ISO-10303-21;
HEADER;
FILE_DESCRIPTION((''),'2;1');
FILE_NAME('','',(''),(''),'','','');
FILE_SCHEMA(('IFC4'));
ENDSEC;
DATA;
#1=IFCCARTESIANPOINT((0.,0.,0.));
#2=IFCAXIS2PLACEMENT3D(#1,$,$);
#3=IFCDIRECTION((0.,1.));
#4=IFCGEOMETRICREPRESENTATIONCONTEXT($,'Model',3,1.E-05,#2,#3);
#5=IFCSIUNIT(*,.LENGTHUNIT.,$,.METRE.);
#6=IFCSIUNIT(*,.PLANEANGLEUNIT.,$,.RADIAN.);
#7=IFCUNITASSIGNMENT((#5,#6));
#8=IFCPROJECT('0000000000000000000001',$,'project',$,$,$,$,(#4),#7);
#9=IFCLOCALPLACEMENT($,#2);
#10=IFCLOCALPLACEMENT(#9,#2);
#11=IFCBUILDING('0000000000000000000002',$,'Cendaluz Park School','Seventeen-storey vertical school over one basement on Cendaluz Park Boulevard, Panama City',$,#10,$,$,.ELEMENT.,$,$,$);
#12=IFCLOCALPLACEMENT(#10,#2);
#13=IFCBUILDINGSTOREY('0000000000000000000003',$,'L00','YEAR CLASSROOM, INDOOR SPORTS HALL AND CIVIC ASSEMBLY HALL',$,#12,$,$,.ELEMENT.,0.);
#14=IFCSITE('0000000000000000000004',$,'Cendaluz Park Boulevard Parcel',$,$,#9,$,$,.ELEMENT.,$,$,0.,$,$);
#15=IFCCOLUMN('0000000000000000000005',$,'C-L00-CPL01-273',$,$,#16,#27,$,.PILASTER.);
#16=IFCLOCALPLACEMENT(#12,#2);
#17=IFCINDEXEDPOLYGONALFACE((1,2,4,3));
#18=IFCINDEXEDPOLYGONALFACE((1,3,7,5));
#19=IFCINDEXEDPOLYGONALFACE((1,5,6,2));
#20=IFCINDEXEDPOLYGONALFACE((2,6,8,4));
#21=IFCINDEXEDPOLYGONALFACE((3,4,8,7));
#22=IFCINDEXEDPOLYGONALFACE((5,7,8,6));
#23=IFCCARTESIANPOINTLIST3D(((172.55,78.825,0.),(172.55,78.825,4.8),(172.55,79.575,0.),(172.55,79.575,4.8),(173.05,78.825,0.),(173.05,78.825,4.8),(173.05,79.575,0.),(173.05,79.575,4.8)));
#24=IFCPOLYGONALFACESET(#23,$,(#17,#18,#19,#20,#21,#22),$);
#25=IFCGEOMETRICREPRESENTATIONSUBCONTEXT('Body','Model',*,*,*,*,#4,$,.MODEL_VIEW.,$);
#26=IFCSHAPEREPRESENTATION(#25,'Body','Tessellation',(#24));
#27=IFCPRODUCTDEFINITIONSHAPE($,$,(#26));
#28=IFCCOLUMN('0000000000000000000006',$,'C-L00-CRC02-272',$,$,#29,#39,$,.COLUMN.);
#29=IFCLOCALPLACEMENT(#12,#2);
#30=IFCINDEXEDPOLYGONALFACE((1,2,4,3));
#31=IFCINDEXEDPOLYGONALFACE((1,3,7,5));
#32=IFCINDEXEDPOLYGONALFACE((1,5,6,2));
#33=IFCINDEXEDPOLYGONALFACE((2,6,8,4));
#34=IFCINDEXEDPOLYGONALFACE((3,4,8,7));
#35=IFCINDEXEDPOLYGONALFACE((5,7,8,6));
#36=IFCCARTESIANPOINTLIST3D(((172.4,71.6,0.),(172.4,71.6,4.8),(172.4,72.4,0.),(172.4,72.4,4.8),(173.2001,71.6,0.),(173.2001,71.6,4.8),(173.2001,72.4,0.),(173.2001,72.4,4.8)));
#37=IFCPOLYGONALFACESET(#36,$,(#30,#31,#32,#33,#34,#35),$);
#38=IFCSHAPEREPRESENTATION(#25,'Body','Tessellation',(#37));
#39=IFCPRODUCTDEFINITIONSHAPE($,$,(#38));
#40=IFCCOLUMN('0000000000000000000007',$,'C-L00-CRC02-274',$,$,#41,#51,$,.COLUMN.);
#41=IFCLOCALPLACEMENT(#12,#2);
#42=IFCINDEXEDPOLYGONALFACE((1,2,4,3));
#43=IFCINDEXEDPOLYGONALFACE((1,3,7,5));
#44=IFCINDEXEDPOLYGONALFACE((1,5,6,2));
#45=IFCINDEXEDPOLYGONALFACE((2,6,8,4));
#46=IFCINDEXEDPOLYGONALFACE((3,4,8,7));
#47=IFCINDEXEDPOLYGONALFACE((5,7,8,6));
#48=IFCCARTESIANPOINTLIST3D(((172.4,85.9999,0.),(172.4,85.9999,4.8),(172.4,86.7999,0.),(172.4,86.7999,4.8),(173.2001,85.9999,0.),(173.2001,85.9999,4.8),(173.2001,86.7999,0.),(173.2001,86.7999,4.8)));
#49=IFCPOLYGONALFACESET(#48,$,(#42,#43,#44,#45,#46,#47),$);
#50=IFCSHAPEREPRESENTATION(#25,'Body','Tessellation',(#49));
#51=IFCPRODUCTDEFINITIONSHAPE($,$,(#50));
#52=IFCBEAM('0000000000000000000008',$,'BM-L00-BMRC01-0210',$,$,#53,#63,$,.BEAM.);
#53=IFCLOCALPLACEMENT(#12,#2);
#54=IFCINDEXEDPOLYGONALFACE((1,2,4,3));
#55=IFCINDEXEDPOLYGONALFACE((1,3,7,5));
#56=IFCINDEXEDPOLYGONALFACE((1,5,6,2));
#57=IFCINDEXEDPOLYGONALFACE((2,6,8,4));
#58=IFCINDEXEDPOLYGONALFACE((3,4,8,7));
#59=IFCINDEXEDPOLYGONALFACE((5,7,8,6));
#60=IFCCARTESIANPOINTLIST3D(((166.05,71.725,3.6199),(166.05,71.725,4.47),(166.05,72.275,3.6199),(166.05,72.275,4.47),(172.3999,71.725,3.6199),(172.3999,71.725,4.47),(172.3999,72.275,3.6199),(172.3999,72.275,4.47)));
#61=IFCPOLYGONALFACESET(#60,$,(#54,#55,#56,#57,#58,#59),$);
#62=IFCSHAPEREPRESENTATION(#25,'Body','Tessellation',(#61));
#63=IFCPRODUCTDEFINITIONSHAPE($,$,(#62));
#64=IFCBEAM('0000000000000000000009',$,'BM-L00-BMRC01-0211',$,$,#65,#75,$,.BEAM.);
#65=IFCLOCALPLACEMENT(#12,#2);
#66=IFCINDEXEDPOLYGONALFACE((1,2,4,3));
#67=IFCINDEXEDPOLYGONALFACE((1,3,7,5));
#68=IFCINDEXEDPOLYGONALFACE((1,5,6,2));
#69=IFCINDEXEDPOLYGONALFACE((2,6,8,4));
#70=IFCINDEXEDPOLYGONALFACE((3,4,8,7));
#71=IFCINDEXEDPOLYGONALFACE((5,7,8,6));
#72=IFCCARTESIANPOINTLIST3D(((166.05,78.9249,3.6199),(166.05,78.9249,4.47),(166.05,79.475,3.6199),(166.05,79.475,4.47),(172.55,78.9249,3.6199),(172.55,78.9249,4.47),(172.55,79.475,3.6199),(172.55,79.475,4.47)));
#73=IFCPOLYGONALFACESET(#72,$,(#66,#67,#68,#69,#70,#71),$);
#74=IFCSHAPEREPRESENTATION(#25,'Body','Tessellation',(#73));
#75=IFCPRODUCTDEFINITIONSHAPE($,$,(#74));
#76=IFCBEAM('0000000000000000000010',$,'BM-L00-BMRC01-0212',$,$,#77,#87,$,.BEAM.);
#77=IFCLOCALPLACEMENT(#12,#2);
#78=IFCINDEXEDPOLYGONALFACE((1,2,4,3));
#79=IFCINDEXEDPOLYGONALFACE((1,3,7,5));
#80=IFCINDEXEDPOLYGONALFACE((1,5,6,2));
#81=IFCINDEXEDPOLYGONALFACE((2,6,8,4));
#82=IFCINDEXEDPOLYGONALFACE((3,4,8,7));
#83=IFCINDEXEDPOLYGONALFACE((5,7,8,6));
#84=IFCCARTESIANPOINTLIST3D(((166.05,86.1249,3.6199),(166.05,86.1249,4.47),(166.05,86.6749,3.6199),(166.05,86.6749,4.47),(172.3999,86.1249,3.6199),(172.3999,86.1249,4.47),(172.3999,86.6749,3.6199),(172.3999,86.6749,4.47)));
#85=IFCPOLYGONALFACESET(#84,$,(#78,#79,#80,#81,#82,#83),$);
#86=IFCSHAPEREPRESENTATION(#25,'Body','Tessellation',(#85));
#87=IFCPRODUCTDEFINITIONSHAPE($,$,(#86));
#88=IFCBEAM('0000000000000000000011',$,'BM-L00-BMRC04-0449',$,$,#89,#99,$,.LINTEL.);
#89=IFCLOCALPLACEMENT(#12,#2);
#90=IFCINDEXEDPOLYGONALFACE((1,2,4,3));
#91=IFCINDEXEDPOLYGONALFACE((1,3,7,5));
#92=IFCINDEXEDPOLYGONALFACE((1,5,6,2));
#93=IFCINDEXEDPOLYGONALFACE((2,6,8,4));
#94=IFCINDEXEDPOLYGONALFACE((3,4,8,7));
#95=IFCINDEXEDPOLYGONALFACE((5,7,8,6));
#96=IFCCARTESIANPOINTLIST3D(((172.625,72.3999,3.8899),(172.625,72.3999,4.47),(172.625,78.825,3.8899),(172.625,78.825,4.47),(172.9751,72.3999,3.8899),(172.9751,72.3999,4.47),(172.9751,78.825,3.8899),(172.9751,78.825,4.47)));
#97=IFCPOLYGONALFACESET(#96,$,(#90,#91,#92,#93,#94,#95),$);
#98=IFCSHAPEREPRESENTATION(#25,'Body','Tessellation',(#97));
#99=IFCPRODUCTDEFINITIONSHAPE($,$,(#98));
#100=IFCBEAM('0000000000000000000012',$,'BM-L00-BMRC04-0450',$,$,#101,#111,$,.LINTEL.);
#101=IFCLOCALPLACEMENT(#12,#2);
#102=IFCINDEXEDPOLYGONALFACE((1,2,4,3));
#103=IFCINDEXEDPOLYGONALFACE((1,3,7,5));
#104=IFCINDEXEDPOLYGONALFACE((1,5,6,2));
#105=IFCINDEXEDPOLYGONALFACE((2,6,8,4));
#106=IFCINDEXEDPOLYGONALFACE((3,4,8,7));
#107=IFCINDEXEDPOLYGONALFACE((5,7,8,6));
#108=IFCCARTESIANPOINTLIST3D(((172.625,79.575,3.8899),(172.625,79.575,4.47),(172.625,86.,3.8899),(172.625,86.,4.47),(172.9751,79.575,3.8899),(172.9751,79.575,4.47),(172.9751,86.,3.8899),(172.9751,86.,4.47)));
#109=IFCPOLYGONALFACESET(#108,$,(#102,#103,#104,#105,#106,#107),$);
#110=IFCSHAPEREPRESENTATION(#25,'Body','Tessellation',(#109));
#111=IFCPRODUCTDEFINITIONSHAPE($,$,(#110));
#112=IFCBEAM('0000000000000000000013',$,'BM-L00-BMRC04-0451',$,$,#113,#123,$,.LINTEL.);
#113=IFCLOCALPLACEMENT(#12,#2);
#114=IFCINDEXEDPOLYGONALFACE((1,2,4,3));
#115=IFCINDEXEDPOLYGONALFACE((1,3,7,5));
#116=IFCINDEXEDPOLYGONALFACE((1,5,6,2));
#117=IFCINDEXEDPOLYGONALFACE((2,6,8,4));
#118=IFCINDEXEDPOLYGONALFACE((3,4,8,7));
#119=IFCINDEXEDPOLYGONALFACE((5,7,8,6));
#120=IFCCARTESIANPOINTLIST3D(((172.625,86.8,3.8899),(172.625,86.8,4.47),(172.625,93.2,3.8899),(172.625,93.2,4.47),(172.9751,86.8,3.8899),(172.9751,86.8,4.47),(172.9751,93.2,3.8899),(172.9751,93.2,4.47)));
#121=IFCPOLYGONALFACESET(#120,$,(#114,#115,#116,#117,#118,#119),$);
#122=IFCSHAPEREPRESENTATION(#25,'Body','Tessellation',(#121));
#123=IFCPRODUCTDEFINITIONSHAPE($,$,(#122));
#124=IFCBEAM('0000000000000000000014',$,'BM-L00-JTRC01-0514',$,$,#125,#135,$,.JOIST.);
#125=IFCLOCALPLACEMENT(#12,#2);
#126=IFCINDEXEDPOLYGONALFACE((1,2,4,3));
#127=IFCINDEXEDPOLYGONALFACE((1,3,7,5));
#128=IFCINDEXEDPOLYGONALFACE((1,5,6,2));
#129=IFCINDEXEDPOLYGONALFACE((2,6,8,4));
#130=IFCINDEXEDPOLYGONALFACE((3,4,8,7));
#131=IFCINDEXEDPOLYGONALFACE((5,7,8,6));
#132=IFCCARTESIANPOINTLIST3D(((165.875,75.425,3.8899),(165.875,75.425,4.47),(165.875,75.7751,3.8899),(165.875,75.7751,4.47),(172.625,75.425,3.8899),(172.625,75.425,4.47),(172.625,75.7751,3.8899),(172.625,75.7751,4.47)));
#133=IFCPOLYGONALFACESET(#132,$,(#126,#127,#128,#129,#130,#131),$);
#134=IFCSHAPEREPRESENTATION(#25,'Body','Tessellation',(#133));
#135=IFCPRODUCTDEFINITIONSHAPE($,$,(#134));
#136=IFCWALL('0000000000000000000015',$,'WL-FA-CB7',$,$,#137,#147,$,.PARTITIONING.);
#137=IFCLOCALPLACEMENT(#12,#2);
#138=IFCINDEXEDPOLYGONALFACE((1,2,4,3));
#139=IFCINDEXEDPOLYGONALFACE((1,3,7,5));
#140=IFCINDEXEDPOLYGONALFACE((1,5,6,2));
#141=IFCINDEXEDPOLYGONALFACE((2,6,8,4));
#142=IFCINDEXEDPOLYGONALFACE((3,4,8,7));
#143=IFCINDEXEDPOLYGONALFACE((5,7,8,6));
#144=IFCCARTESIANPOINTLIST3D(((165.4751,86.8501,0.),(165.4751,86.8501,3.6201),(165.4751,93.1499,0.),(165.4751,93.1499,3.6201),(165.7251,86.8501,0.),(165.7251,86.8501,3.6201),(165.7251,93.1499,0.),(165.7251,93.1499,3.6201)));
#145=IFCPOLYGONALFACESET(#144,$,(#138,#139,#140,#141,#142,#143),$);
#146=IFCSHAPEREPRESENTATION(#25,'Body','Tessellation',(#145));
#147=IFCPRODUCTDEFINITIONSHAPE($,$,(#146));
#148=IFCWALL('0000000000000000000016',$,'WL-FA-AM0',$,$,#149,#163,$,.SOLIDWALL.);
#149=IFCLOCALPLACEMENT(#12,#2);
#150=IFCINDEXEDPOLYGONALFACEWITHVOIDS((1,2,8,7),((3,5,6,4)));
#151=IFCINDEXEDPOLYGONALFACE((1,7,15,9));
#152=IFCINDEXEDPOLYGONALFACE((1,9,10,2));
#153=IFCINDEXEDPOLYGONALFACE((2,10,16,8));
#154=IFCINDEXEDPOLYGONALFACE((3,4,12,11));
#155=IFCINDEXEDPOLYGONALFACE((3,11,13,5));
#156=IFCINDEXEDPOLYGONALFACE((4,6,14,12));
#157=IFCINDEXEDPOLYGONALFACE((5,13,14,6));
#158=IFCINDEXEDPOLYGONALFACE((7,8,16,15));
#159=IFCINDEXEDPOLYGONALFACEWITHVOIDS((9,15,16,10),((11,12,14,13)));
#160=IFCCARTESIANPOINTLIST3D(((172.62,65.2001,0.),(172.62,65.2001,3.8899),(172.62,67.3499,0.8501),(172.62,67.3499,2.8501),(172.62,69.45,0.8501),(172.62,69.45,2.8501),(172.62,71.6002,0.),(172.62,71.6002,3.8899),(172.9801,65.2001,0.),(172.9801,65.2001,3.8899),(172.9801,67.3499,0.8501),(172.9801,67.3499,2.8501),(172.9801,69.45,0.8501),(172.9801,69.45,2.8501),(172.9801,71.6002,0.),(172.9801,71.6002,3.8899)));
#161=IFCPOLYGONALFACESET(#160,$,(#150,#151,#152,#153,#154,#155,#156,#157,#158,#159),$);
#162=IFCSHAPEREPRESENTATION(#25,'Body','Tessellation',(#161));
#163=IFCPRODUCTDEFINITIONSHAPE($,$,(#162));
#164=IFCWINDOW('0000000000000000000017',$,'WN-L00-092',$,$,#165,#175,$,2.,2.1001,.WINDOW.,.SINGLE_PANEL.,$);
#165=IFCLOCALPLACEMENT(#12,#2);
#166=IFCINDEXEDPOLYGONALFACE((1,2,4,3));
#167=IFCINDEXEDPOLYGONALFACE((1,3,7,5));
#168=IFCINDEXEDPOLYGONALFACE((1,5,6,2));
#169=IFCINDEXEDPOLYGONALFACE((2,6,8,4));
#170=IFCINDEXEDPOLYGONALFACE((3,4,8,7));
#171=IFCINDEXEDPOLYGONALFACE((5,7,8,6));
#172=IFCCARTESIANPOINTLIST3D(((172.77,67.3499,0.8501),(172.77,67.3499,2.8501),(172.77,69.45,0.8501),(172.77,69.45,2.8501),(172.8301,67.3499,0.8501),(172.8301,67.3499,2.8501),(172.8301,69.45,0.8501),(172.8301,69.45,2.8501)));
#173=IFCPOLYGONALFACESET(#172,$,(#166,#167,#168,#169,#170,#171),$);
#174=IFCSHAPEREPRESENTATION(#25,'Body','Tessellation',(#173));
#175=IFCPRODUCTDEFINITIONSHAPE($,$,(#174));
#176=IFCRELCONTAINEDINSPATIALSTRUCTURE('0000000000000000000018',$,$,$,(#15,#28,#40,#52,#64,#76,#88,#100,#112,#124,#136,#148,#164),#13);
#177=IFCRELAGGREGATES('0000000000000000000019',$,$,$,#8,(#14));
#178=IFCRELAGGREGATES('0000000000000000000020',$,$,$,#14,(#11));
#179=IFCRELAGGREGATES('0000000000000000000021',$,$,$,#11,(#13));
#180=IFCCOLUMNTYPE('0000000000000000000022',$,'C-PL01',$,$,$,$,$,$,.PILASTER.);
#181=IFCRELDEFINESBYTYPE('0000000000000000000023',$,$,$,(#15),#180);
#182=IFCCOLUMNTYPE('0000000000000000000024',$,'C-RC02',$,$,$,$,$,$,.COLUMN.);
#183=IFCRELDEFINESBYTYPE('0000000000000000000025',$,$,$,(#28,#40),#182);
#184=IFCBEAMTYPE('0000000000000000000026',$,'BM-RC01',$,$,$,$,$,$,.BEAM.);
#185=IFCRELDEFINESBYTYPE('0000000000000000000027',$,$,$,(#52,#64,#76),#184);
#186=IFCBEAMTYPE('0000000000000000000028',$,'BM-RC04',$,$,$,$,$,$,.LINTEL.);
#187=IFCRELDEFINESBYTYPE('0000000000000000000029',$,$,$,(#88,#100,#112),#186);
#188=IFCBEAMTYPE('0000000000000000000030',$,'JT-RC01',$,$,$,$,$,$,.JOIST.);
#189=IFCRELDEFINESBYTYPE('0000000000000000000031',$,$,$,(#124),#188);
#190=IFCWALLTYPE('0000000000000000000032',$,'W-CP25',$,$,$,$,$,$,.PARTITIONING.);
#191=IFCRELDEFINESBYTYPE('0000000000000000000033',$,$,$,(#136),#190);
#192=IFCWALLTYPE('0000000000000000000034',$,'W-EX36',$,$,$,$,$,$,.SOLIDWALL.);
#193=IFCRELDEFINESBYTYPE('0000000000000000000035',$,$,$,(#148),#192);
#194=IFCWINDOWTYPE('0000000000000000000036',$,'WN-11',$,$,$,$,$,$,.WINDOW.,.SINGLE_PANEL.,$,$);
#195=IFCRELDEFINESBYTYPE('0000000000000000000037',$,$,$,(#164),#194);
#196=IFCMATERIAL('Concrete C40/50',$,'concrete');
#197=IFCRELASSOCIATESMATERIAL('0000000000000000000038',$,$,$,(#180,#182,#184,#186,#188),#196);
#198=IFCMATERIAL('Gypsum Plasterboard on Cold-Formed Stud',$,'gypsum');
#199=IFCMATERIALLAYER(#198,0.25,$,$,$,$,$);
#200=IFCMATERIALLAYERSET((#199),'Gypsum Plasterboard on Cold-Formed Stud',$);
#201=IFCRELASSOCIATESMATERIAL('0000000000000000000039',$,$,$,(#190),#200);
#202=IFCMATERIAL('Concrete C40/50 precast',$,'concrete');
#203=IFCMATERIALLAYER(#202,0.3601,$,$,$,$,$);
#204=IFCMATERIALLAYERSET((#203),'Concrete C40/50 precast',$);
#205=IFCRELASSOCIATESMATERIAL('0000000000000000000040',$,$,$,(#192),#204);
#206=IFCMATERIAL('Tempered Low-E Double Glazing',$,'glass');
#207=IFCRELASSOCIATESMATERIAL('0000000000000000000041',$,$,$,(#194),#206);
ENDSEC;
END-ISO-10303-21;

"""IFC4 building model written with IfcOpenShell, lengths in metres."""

from ifc_helpers import new_model, si_unit, direction, frame, frame_2d, origin, origin_2d, place, context, subcontext, project, spatial, rectangle, extrude, material, layer, layer_set, material_profile, profile_set, type_object, element, fill, save


model = new_model("IFC4")

# Units and contexts
model_context = context("Model", 3, precision=1e-05, world=origin(), true_north=direction((0.0, 1.0)))
body_context = subcontext(model_context, "Body", "Model", "MODEL_VIEW")
ifc_project = project(units=[si_unit("LENGTHUNIT", "METRE"), si_unit("PLANEANGLEUNIT", "RADIAN")], contexts=[model_context])

# Site, building, storey
site_placement = place(None, origin())
site = spatial("IfcSite", under=ifc_project, at=site_placement, Name="Cendaluz Park Boulevard Parcel", CompositionType="ELEMENT", RefElevation=0.0)
building_placement = place(site_placement, origin())
building = spatial("IfcBuilding", under=site, at=building_placement, Name="Cendaluz Park School", Description="Seventeen-storey vertical school over one basement on Cendaluz Park Boulevard, Panama City", CompositionType="ELEMENT")
storey_placement = place(building_placement, origin())
storey = spatial("IfcBuildingStorey", under=building, at=storey_placement, Name="L00", Description="YEAR CLASSROOM, INDOOR SPORTS HALL AND CIVIC ASSEMBLY HALL", CompositionType="ELEMENT", Elevation=0.0)

# Columns
ifc_material_1 = material(Name="Concrete C40/50", Category="concrete")
ifc_material_profile_1 = material_profile(ifc_material_1, rectangle(XDim=0.5, YDim=0.75, at=origin_2d()), Name="RC 500x750", Category="concrete")
ifc_profile_set_1 = profile_set([ifc_material_profile_1], Name="Concrete C40/50")
column_type_1 = type_object("IfcColumnType", Name="C-PL01", PredefinedType="PILASTER", material=ifc_profile_set_1)
column_placement = place(storey_placement, frame((172.8, 79.2, 0.0), z_axis=(0.0, 0.0, 1.0), x_axis=(1.0, 0.0, 0.0)))
element("IfcColumn", 1, at=column_placement, inside=storey, type_object=column_type_1, Name="C-L00-CPL01-273", PredefinedType="PILASTER", context=body_context, shape_type="SweptSolid", body=[
    extrude(rectangle(XDim=0.5, YDim=0.75, at=origin_2d()), origin(), (0.0, 0.0, 1.0), 4.8),
])
ifc_material_profile_2 = material_profile(ifc_material_1, rectangle(XDim=0.8, YDim=0.8, at=origin_2d()), Name="RC 800x800", Category="concrete")
ifc_profile_set_2 = profile_set([ifc_material_profile_2], Name="Concrete C40/50")
column_type_2 = type_object("IfcColumnType", Name="C-RC02", PredefinedType="COLUMN", material=ifc_profile_set_2)
for number, where, z_axis, x_axis, name in (
    (2, (172.8, 72.0, 0.0), (0.0, 0.0, 1.0), (1.0, 0.0, 0.0), "C-L00-CRC02-272"),
    (3, (172.8, 86.3999, 0.0), (0.0, 0.0, 1.0), (1.0, 0.0, 0.0), "C-L00-CRC02-274"),
):
    element("IfcColumn", number, at=place(storey_placement, frame(where, z_axis=z_axis, x_axis=x_axis)), inside=storey, type_object=column_type_2, Name=name, PredefinedType="COLUMN", context=body_context, shape_type="SweptSolid", body=[
        extrude(rectangle(XDim=0.8, YDim=0.8, at=origin_2d()), origin(), (0.0, 0.0, 1.0), 4.8),
    ])

# Beams
ifc_material_profile_3 = material_profile(ifc_material_1, rectangle(XDim=0.55, YDim=0.8501, at=origin_2d()), Name="RC 550x850", Category="concrete")
ifc_profile_set_3 = profile_set([ifc_material_profile_3], Name="Concrete C40/50")
beam_type_1 = type_object("IfcBeamType", Name="BM-RC01", PredefinedType="BEAM", material=ifc_profile_set_3)
beam_1_placement = place(storey_placement, frame((166.05, 72.0, 4.0449), z_axis=(1.0, 0.0, 0.0), x_axis=(0.0, 1.0, 0.0)))
element("IfcBeam", 4, at=beam_1_placement, inside=storey, type_object=beam_type_1, Name="BM-L00-BMRC01-0210", PredefinedType="BEAM", context=body_context, shape_type="SweptSolid", body=[
    extrude(rectangle(XDim=0.55, YDim=0.8501, at=origin_2d()), origin(), (0.0, 0.0, 1.0), 6.3499),
])
beam_2_placement = place(storey_placement, frame((166.05, 79.2, 4.0449), z_axis=(1.0, 0.0, 0.0), x_axis=(0.0, 1.0, 0.0)))
element("IfcBeam", 5, at=beam_2_placement, inside=storey, type_object=beam_type_1, Name="BM-L00-BMRC01-0211", PredefinedType="BEAM", context=body_context, shape_type="SweptSolid", body=[
    extrude(rectangle(XDim=0.55, YDim=0.8501, at=origin_2d()), origin(), (0.0, 0.0, 1.0), 6.5),
])
beam_3_placement = place(storey_placement, frame((166.05, 86.3999, 4.0449), z_axis=(1.0, 0.0, 0.0), x_axis=(0.0, 1.0, 0.0)))
element("IfcBeam", 6, at=beam_3_placement, inside=storey, type_object=beam_type_1, Name="BM-L00-BMRC01-0212", PredefinedType="BEAM", context=body_context, shape_type="SweptSolid", body=[
    extrude(rectangle(XDim=0.55, YDim=0.8501, at=origin_2d()), origin(), (0.0, 0.0, 1.0), 6.3499),
])
ifc_material_profile_4 = material_profile(ifc_material_1, rectangle(XDim=0.3501, YDim=0.5801, at=origin_2d()), Name="RC 350x580", Category="concrete")
ifc_profile_set_4 = profile_set([ifc_material_profile_4], Name="Concrete C40/50")
beam_type_2 = type_object("IfcBeamType", Name="BM-RC04", PredefinedType="LINTEL", material=ifc_profile_set_4)
for number, where, z_axis, x_axis, name in (
    (7, (172.8, 72.3999, 4.1799), (0.0, 1.0, 0.0), (-1.0, 0.0, 0.0), "BM-L00-BMRC04-0449"),
    (8, (172.8, 79.575, 4.1799), (0.0, 1.0, 0.0), (-1.0, 0.0, 0.0), "BM-L00-BMRC04-0450"),
):
    element("IfcBeam", number, at=place(storey_placement, frame(where, z_axis=z_axis, x_axis=x_axis)), inside=storey, type_object=beam_type_2, Name=name, PredefinedType="LINTEL", context=body_context, shape_type="SweptSolid", body=[
        extrude(rectangle(XDim=0.3501, YDim=0.5801, at=origin_2d()), origin(), (0.0, 0.0, 1.0), 6.425),
    ])
beam_4_placement = place(storey_placement, frame((172.8, 86.8, 4.1799), z_axis=(0.0, 1.0, 0.0), x_axis=(-1.0, 0.0, 0.0)))
element("IfcBeam", 9, at=beam_4_placement, inside=storey, type_object=beam_type_2, Name="BM-L00-BMRC04-0451", PredefinedType="LINTEL", context=body_context, shape_type="SweptSolid", body=[
    extrude(rectangle(XDim=0.3501, YDim=0.5801, at=origin_2d()), origin(), (0.0, 0.0, 1.0), 6.3999),
])
ifc_material_profile_5 = material_profile(ifc_material_1, rectangle(XDim=0.3501, YDim=0.5801, at=origin_2d()), Name="RC 350x580", Category="concrete")
ifc_profile_set_5 = profile_set([ifc_material_profile_5], Name="Concrete C40/50")
beam_type_3 = type_object("IfcBeamType", Name="JT-RC01", PredefinedType="JOIST", material=ifc_profile_set_5)
beam_5_placement = place(storey_placement, frame((165.875, 75.6001, 4.1799), z_axis=(1.0, 0.0, 0.0), x_axis=(0.0, 1.0, 0.0)))
element("IfcBeam", 10, at=beam_5_placement, inside=storey, type_object=beam_type_3, Name="BM-L00-JTRC01-0514", PredefinedType="JOIST", context=body_context, shape_type="SweptSolid", body=[
    extrude(rectangle(XDim=0.3501, YDim=0.5801, at=origin_2d()), origin(), (0.0, 0.0, 1.0), 6.75),
])

# Wall
ifc_material_2 = material(Name="Gypsum Plasterboard on Cold-Formed Stud", Category="gypsum")
ifc_layer_1 = layer(ifc_material_2, 0.25)
ifc_layer_set_1 = layer_set([ifc_layer_1], Name="Gypsum Plasterboard on Cold-Formed Stud")
wall_type_1 = type_object("IfcWallType", Name="W-CP25", PredefinedType="PARTITIONING", material=ifc_layer_set_1)
wall_1_placement = place(storey_placement, frame((165.6001, 86.8501, 0.0), z_axis=(0.0, 0.0, 1.0), x_axis=(0.0, 1.0, 0.0)))
element("IfcWall", 11, at=wall_1_placement, inside=storey, type_object=wall_type_1, Name="WL-FA-CB7", PredefinedType="PARTITIONING", context=body_context, shape_type="SweptSolid", body=[
    extrude(rectangle(XDim=6.2998, YDim=0.25, at=frame_2d((3.1499, 0.0))), origin(), (0.0, 0.0, 1.0), 3.6201),
])

# Wall, opening, window
ifc_material_3 = material(Name="Concrete C40/50 precast", Category="concrete")
ifc_layer_2 = layer(ifc_material_3, 0.3601)
ifc_layer_set_2 = layer_set([ifc_layer_2], Name="Concrete C40/50 precast")
wall_type_2 = type_object("IfcWallType", Name="W-EX36", PredefinedType="SOLIDWALL", material=ifc_layer_set_2)
wall_2_placement = place(storey_placement, frame((172.8, 65.2, 0.0), z_axis=(0.0, 0.0, 1.0), x_axis=(0.0, 1.0, 0.0)))
wall_2 = element("IfcWall", 12, at=wall_2_placement, inside=storey, type_object=wall_type_2, Name="WL-FA-AM0", PredefinedType="SOLIDWALL", context=body_context, shape_type="SweptSolid", body=[
    extrude(rectangle(XDim=6.4001, YDim=0.3601, at=frame_2d((3.2002, 0.0))), origin(), (0.0, 0.0, 1.0), 3.8899),
])
opening_1_placement = place(wall_2_placement, frame((2.1499, 0.0, 0.8501)))
opening_1 = element("IfcOpeningElement", 13, at=opening_1_placement, cuts=wall_2, PredefinedType="OPENING", context=body_context, shape_type="SweptSolid", body=[
    extrude(rectangle(XDim=2.1001, YDim=2.0, at=frame_2d((1.05, 1.0))), frame((0.0, 0.1921, 0.0), z_axis=(0.0, -1.0, 0.0), x_axis=(1.0, 0.0, 0.0)), (0.0, 0.0, 1.0), 0.384),
])
ifc_material_4 = material(Name="Tempered Low-E Double Glazing", Category="glass")
window_type_1 = type_object("IfcWindowType", Name="WN-11", PartitioningType="SINGLE_PANEL", PredefinedType="WINDOW", material=ifc_material_4)
window_1_placement = place(opening_1_placement, origin())
window_1 = element("IfcWindow", 14, at=window_1_placement, inside=storey, type_object=window_type_1, Name="WN-L00-092", OverallHeight=2.0, OverallWidth=2.1001, PartitioningType="SINGLE_PANEL", PredefinedType="WINDOW", context=body_context, shape_type="SweptSolid", body=[
    extrude(rectangle(XDim=2.1001, YDim=2.0, at=frame_2d((1.05, 1.0))), frame((0.0, 0.03, 0.0), z_axis=(0.0, -1.0, 0.0), x_axis=(1.0, 0.0, 0.0)), (0.0, 0.0, 1.0), 0.0601),
])
fill(opening_1, window_1)

save(model, "model.ifc")
